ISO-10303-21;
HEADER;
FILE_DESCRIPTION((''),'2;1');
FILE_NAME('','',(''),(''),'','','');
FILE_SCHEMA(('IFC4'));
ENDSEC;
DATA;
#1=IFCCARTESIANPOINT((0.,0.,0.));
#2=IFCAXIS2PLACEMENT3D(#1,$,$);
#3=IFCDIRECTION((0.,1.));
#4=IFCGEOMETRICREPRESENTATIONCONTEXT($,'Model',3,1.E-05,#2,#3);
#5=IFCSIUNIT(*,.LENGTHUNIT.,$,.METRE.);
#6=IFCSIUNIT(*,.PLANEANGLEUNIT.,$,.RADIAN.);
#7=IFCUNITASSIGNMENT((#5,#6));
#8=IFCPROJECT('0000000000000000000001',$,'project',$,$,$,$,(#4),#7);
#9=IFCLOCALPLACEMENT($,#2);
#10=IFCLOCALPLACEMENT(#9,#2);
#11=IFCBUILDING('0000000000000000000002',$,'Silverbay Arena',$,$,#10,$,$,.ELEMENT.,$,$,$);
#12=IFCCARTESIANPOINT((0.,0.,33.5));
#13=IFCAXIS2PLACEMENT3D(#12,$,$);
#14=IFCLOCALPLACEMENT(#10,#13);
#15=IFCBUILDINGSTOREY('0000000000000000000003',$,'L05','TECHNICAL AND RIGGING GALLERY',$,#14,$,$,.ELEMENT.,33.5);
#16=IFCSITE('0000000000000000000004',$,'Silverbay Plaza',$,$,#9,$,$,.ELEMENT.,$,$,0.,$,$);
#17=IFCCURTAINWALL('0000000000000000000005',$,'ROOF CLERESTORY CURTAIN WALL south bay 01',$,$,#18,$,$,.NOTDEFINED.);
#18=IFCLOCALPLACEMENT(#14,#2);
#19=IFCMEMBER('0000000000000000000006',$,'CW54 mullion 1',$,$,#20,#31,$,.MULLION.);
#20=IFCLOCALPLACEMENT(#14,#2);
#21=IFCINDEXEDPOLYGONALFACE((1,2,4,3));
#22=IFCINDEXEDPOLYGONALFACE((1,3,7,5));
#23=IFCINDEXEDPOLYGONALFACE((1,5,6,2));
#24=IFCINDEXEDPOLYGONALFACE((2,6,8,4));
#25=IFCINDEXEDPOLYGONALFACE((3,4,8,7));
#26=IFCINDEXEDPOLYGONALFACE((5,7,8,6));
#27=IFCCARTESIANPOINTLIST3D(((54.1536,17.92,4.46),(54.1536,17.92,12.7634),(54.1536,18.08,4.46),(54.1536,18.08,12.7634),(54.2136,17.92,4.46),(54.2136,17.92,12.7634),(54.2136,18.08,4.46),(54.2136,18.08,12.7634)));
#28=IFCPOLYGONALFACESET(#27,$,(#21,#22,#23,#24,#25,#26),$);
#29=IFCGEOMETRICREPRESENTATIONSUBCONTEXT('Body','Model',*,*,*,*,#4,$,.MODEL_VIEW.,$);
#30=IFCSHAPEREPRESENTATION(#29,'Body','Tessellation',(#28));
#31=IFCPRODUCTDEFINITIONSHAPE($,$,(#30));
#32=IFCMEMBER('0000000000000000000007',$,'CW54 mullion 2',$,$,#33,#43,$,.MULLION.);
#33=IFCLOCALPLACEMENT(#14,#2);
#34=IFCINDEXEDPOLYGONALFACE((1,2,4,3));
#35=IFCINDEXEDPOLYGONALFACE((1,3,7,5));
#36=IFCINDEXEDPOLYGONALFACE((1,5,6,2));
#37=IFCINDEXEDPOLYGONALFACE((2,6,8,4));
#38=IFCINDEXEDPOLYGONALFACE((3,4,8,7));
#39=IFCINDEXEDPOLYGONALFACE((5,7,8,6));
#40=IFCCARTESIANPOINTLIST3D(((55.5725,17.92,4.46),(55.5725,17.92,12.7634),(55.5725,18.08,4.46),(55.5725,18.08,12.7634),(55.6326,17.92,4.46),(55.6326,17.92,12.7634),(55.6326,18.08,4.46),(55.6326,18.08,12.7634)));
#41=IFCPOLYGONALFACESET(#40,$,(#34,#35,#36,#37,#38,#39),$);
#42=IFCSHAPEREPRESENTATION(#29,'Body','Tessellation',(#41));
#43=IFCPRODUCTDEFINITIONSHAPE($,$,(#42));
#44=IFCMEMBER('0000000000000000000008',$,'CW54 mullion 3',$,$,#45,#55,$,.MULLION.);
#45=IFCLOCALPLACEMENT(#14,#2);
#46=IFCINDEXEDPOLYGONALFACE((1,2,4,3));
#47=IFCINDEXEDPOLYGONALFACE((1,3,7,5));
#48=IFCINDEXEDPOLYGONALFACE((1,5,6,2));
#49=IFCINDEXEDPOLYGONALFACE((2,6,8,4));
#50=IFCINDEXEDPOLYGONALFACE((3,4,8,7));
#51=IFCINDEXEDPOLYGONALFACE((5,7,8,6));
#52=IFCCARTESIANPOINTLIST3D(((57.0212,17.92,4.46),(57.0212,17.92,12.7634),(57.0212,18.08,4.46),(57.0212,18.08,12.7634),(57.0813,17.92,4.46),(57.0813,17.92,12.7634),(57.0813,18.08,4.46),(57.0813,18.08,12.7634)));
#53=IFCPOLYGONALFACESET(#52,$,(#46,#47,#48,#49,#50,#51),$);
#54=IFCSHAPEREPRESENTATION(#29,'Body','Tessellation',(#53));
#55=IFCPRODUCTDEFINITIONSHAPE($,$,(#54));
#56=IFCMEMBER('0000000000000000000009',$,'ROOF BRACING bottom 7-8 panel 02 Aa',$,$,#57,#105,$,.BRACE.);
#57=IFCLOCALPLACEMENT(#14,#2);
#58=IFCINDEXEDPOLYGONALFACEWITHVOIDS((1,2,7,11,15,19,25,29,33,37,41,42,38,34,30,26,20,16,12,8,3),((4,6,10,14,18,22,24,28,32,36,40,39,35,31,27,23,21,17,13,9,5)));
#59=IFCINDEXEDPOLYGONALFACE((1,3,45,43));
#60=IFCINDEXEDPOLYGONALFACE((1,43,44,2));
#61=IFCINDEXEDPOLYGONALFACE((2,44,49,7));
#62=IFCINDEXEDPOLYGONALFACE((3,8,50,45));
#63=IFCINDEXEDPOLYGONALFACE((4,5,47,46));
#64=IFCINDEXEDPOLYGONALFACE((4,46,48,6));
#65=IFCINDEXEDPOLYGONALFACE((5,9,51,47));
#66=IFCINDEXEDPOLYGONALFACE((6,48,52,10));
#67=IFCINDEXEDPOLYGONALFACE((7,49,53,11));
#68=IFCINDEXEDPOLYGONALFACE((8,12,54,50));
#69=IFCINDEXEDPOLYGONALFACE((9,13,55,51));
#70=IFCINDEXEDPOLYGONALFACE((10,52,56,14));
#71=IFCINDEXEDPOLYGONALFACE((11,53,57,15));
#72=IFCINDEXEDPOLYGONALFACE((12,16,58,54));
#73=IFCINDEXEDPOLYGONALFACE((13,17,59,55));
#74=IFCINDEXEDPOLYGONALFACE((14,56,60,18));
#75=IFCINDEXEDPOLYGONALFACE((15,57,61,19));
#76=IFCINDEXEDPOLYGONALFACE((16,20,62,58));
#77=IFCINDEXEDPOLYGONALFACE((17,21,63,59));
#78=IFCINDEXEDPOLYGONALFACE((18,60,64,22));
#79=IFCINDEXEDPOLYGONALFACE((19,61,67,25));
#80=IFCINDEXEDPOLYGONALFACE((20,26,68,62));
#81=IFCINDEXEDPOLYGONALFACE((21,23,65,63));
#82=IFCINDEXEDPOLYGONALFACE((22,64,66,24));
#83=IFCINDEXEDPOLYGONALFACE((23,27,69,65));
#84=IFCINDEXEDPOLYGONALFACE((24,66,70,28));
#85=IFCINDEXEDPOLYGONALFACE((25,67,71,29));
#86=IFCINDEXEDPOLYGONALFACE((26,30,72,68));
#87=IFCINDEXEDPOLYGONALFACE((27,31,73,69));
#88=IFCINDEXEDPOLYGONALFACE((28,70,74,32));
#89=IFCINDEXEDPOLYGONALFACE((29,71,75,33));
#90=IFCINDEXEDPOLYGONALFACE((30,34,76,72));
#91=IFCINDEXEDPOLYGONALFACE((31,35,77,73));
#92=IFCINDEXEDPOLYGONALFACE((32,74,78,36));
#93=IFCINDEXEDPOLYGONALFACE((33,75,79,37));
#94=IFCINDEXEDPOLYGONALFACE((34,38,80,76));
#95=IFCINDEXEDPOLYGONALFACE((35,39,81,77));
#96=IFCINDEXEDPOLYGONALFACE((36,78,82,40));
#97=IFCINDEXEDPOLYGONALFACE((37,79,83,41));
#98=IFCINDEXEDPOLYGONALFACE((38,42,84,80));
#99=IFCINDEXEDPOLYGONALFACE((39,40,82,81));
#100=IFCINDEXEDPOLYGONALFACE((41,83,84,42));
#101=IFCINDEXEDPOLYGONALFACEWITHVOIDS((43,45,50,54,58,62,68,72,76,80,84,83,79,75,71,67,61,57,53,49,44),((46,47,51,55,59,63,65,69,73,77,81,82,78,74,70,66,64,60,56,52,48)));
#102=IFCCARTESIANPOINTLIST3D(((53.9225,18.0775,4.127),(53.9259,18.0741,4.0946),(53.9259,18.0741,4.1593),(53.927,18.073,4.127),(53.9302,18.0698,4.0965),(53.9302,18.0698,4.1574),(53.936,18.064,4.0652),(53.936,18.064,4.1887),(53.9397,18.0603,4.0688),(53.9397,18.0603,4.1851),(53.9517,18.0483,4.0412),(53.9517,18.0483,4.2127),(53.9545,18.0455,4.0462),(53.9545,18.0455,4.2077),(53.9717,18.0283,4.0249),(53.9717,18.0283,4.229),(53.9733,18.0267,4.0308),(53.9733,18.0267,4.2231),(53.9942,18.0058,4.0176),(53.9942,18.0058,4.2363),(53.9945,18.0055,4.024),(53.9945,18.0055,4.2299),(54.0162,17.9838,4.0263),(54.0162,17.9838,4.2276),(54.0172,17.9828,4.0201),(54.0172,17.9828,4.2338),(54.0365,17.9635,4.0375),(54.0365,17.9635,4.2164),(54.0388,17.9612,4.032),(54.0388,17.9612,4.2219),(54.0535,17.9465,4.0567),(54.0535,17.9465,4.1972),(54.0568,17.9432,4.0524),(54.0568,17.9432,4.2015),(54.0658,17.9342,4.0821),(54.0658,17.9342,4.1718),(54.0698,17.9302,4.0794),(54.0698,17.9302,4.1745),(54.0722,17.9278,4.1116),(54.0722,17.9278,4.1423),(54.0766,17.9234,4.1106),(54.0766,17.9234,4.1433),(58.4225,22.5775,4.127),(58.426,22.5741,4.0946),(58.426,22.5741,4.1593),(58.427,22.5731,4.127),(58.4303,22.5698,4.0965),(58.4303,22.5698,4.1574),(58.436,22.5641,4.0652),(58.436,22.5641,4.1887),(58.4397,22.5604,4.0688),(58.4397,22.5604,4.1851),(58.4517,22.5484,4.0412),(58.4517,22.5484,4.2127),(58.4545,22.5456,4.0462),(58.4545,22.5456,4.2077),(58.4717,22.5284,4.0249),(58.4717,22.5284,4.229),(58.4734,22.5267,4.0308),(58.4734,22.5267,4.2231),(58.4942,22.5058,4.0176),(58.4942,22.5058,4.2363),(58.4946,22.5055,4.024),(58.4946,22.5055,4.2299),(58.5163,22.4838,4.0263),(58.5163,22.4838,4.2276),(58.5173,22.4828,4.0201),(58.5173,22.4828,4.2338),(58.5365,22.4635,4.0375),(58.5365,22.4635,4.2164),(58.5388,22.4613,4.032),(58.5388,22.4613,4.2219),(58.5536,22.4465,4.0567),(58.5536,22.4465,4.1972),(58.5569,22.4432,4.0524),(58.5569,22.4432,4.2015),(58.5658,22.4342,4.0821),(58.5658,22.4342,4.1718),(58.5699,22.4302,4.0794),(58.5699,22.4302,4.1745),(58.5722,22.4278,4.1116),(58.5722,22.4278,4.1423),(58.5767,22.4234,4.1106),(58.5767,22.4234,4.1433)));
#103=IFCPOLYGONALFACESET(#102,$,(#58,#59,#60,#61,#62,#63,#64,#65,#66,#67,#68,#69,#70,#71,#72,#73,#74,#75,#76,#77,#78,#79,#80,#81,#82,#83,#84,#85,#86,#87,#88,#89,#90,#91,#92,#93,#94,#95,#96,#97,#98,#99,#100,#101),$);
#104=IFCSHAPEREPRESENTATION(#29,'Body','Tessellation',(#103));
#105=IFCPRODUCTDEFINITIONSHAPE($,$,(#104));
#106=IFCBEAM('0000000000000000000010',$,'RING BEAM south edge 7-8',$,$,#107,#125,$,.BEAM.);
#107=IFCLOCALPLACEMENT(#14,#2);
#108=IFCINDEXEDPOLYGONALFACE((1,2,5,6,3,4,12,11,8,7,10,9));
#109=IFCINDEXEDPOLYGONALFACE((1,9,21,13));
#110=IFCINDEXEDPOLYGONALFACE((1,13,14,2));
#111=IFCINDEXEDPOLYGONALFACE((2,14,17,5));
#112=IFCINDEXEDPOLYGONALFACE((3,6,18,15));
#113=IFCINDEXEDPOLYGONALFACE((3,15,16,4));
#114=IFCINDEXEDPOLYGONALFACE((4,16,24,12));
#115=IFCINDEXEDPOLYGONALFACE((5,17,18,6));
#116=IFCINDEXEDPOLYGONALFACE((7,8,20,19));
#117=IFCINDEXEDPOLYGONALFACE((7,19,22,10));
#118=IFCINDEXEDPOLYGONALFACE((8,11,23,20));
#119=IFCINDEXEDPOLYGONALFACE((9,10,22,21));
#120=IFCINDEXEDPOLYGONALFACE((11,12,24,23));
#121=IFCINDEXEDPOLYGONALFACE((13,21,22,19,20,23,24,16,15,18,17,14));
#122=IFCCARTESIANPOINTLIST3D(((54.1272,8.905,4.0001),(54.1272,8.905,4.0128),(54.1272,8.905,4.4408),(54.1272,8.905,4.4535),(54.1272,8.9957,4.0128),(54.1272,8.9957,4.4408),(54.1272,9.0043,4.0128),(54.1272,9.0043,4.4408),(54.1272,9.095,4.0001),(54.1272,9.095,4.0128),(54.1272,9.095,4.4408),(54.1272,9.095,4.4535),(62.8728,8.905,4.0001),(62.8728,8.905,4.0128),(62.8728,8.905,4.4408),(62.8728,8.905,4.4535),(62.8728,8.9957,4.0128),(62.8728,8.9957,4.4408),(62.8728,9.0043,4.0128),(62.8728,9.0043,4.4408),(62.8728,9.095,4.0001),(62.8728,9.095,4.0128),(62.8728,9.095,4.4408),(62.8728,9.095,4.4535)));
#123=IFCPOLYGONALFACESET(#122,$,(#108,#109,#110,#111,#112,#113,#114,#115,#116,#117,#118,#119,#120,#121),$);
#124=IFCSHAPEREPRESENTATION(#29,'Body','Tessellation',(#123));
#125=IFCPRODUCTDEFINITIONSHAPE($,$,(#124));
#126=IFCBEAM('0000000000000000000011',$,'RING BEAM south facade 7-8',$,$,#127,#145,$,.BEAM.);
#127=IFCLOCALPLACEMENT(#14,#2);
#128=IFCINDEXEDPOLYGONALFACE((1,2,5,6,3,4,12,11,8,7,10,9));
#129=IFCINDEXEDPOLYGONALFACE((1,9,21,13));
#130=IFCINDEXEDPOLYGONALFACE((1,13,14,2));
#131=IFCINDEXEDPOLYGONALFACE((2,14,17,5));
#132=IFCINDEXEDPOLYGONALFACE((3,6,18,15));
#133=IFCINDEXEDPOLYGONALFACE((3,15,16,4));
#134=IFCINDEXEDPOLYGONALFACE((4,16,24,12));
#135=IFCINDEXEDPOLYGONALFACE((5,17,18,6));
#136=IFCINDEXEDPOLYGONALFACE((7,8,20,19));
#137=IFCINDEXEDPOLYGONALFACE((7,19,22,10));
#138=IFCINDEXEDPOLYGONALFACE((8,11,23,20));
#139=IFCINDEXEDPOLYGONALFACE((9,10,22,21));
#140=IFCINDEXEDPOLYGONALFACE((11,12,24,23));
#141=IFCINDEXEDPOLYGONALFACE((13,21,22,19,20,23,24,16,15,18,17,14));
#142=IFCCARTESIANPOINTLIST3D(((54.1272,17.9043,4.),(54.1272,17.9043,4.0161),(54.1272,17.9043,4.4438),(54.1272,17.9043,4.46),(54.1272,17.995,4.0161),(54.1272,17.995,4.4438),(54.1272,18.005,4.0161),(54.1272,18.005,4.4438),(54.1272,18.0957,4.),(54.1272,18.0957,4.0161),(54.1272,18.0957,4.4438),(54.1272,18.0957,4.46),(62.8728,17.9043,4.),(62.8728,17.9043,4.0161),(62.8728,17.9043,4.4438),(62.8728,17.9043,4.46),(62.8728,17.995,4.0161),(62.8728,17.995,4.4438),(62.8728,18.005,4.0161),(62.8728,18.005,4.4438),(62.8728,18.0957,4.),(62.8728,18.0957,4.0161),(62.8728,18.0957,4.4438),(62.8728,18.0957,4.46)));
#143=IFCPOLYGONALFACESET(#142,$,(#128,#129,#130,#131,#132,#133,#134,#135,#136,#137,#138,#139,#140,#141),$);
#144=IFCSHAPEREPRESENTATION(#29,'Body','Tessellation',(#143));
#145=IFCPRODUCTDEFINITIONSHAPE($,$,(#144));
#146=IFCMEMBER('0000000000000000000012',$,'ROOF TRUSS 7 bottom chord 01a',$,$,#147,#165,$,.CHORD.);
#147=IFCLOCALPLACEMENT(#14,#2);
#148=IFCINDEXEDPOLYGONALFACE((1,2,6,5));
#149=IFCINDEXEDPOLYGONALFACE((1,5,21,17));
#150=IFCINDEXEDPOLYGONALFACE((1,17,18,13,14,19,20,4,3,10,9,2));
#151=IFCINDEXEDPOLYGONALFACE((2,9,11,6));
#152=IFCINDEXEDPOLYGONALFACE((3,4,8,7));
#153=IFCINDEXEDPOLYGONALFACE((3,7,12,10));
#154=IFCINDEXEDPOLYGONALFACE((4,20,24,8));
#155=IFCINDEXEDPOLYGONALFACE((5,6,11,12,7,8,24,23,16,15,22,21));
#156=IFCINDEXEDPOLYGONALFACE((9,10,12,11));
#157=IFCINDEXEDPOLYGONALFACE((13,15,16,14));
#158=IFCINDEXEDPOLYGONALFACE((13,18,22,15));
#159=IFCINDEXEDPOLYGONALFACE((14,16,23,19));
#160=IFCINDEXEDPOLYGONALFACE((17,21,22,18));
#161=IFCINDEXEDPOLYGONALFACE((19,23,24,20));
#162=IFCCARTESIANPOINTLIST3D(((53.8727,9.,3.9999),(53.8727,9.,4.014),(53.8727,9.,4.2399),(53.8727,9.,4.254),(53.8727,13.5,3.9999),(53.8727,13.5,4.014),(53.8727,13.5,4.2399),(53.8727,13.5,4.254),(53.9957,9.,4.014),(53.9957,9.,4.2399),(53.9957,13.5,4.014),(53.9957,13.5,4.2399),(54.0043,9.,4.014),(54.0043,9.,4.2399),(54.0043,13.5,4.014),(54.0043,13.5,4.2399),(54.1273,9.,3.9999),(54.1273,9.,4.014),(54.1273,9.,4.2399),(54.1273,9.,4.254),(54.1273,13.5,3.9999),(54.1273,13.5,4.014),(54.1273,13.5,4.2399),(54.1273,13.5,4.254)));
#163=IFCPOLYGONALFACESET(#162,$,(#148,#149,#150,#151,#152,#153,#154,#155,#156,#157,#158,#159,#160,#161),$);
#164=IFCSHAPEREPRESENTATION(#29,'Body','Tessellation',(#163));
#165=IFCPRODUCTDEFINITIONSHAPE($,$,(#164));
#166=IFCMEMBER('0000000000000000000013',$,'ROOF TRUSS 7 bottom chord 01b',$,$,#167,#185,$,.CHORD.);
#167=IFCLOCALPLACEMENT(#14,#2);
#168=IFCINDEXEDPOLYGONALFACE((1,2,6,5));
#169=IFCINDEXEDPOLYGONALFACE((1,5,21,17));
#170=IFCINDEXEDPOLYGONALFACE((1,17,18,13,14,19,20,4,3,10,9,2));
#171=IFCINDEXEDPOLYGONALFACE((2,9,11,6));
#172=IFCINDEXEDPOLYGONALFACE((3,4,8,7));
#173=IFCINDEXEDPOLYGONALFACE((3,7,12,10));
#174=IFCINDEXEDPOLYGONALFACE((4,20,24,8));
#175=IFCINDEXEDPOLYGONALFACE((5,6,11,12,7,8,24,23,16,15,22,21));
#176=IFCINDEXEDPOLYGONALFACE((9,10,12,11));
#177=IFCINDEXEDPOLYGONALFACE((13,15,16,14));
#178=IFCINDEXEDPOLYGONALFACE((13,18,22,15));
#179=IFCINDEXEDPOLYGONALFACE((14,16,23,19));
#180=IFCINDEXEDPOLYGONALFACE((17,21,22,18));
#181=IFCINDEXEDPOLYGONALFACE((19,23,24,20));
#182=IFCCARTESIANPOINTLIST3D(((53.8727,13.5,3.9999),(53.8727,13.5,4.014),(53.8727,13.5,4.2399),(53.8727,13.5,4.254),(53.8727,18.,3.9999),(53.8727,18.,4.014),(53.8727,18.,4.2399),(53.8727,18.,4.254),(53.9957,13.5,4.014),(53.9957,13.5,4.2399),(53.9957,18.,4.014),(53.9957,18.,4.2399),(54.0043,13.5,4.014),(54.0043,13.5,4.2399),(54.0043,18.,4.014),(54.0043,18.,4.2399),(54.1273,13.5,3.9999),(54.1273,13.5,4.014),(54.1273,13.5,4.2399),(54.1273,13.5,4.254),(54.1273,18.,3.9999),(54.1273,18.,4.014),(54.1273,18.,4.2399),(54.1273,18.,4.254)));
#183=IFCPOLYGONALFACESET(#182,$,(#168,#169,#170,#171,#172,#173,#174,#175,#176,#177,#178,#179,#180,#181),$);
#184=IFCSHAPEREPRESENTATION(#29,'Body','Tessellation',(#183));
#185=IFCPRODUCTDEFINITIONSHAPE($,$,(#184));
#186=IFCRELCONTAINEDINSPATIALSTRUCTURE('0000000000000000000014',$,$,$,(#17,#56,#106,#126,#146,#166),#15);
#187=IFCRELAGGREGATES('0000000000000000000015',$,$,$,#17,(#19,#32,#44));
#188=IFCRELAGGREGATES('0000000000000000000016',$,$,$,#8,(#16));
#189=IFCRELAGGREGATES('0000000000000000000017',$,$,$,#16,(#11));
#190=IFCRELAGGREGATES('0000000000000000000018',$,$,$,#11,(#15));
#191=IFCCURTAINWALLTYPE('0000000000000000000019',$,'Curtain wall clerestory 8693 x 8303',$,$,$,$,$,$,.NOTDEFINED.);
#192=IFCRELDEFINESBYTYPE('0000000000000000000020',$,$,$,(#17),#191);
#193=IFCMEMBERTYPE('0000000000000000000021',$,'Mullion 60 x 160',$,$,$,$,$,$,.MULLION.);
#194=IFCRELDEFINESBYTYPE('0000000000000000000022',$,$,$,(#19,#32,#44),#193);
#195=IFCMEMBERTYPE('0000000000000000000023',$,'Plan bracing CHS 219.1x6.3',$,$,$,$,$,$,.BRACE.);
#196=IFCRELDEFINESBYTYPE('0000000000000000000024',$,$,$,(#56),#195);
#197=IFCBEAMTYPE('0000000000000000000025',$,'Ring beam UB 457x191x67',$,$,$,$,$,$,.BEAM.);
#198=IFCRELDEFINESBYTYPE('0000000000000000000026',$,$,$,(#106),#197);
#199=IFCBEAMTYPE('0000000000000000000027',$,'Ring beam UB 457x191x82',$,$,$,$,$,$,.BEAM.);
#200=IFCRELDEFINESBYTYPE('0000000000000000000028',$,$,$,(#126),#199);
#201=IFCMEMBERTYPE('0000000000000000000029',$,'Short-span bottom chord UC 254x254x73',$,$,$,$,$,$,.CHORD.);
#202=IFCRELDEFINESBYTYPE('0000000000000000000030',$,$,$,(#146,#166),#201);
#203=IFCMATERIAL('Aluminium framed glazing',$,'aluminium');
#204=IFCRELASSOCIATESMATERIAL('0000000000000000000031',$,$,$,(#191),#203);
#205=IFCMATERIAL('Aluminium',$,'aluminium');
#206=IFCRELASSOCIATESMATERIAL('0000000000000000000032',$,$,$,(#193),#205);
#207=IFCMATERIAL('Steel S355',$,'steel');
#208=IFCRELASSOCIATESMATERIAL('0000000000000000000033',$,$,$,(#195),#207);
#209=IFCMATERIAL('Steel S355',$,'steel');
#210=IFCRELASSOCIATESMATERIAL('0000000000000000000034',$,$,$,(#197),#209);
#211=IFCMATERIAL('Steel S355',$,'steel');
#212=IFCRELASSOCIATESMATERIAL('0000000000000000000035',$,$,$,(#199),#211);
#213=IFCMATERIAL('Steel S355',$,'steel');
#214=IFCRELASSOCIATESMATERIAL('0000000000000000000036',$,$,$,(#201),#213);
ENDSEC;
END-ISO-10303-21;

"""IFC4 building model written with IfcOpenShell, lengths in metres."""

from ifc_helpers import new_model, si_unit, direction, frame, origin, origin_2d, place, context, subcontext, project, spatial, rectangle, hollow_circle, i_section, extrude, material, material_profile, profile_set, type_object, element, aggregate, save


model = new_model("IFC4")

# Units and contexts
model_context = context("Model", 3, precision=1e-05, world=origin(), true_north=direction((0.0, 1.0)))
body_context = subcontext(model_context, "Body", "Model", "MODEL_VIEW")
ifc_project = project(units=[si_unit("LENGTHUNIT", "METRE"), si_unit("PLANEANGLEUNIT", "RADIAN")], contexts=[model_context])

# Site, building, storey
site_placement = place(None, origin())
site = spatial("IfcSite", under=ifc_project, at=site_placement, Name="Silverbay Plaza", CompositionType="ELEMENT", RefElevation=0.0)
building_placement = place(site_placement, origin())
building = spatial("IfcBuilding", under=site, at=building_placement, Name="Silverbay Arena", CompositionType="ELEMENT")
storey_placement = place(building_placement, frame((0.0, 0.0, 33.5)))
storey = spatial("IfcBuildingStorey", under=building, at=storey_placement, Name="L05", Description="TECHNICAL AND RIGGING GALLERY", CompositionType="ELEMENT", Elevation=33.5)

# Curtain wall, members
ifc_material_1 = material(Name="Aluminium framed glazing", Category="aluminium")
curtain_wall_type_1 = type_object("IfcCurtainWallType", Name="Curtain wall clerestory 8693 x 8303", PredefinedType="NOTDEFINED", material=ifc_material_1)
curtain_wall_1_placement = place(storey_placement, origin())
curtain_wall_1 = element("IfcCurtainWall", 1, at=curtain_wall_1_placement, inside=storey, type_object=curtain_wall_type_1, Name="ROOF CLERESTORY CURTAIN WALL south bay 01", PredefinedType="NOTDEFINED")
ifc_material_2 = material(Name="Aluminium", Category="aluminium")
ifc_material_profile_1 = material_profile(ifc_material_2, rectangle(XDim=0.1599, YDim=0.0601, at=origin_2d()), Name="Mullion 60 x 160")
ifc_profile_set_1 = profile_set([ifc_material_profile_1], Name="Aluminium")
member_type_1 = type_object("IfcMemberType", Name="Mullion 60 x 160", PredefinedType="MULLION", material=ifc_profile_set_1)
member_1_placement = place(storey_placement, frame((54.1836, 18.0, 4.46), z_axis=(0.0, 0.0, 1.0), x_axis=(0.0, 1.0, 0.0)))
member_1 = element("IfcMember", 2, at=member_1_placement, type_object=member_type_1, Name="CW54 mullion 1", PredefinedType="MULLION", context=body_context, shape_type="SweptSolid", body=[
    extrude(rectangle(XDim=0.1599, YDim=0.0601, at=origin_2d()), origin(), (0.0, 0.0, 1.0), 8.3035),
])
member_2_placement = place(storey_placement, frame((55.6025, 18.0, 4.46), z_axis=(0.0, 0.0, 1.0), x_axis=(0.0, 1.0, 0.0)))
member_2 = element("IfcMember", 3, at=member_2_placement, type_object=member_type_1, Name="CW54 mullion 2", PredefinedType="MULLION", context=body_context, shape_type="SweptSolid", body=[
    extrude(rectangle(XDim=0.1599, YDim=0.0601, at=origin_2d()), origin(), (0.0, 0.0, 1.0), 8.3035),
])
member_3_placement = place(storey_placement, frame((57.0513, 18.0, 4.46), z_axis=(0.0, 0.0, 1.0), x_axis=(0.0, 1.0, 0.0)))
member_3 = element("IfcMember", 4, at=member_3_placement, type_object=member_type_1, Name="CW54 mullion 3", PredefinedType="MULLION", context=body_context, shape_type="SweptSolid", body=[
    extrude(rectangle(XDim=0.1599, YDim=0.0601, at=origin_2d()), origin(), (0.0, 0.0, 1.0), 8.3035),
])

# Member
ifc_material_3 = material(Name="Steel S355", Category="steel")
ifc_material_profile_2 = material_profile(ifc_material_3, hollow_circle(Radius=0.1096, WallThickness=0.0063, at=origin_2d()), Name="CHS 219.1x6.3")
ifc_profile_set_2 = profile_set([ifc_material_profile_2], Name="Steel S355")
member_type_2 = type_object("IfcMemberType", Name="Plan bracing CHS 219.1x6.3", PredefinedType="BRACE", material=ifc_profile_set_2)
member_4_placement = place(storey_placement, frame((54.0, 18.0, 4.127), z_axis=(0.707107, 0.707107, 0.0), x_axis=(-0.707107, 0.707107, 0.0)))
element("IfcMember", 5, at=member_4_placement, inside=storey, type_object=member_type_2, Name="ROOF BRACING bottom 7-8 panel 02 Aa", PredefinedType="BRACE", context=body_context, shape_type="SweptSolid", body=[
    extrude(hollow_circle(Radius=0.1096, WallThickness=0.0063, at=origin_2d()), origin(), (0.0, 0.0, 1.0), 6.364),
])

# Beams
ifc_material_4 = material(Name="Steel S355", Category="steel")
ifc_material_profile_3 = material_profile(ifc_material_4, i_section(OverallWidth=0.1899, OverallDepth=0.4534, WebThickness=0.0085, FlangeThickness=0.0127, at=origin_2d()), Name="UB 457x191x67")
ifc_profile_set_3 = profile_set([ifc_material_profile_3], Name="Steel S355")
beam_type_1 = type_object("IfcBeamType", Name="Ring beam UB 457x191x67", PredefinedType="BEAM", material=ifc_profile_set_3)
beam_1_placement = place(storey_placement, frame((54.1272, 9.0, 4.2268), z_axis=(1.0, 0.0, 0.0), x_axis=(0.0, 1.0, 0.0)))
element("IfcBeam", 6, at=beam_1_placement, inside=storey, type_object=beam_type_1, Name="RING BEAM south edge 7-8", PredefinedType="BEAM", context=body_context, shape_type="SweptSolid", body=[
    extrude(i_section(OverallWidth=0.1899, OverallDepth=0.4534, WebThickness=0.0085, FlangeThickness=0.0127, at=origin_2d()), origin(), (0.0, 0.0, 1.0), 8.7456),
])
ifc_material_5 = material(Name="Steel S355", Category="steel")
ifc_material_profile_4 = material_profile(ifc_material_5, i_section(OverallWidth=0.1914, OverallDepth=0.46, WebThickness=0.01, FlangeThickness=0.0161, at=origin_2d()), Name="UB 457x191x82")
ifc_profile_set_4 = profile_set([ifc_material_profile_4], Name="Steel S355")
beam_type_2 = type_object("IfcBeamType", Name="Ring beam UB 457x191x82", PredefinedType="BEAM", material=ifc_profile_set_4)
beam_2_placement = place(storey_placement, frame((54.1272, 18.0, 4.23), z_axis=(1.0, 0.0, 0.0), x_axis=(0.0, 1.0, 0.0)))
element("IfcBeam", 7, at=beam_2_placement, inside=storey, type_object=beam_type_2, Name="RING BEAM south facade 7-8", PredefinedType="BEAM", context=body_context, shape_type="SweptSolid", body=[
    extrude(i_section(OverallWidth=0.1914, OverallDepth=0.46, WebThickness=0.01, FlangeThickness=0.0161, at=origin_2d()), origin(), (0.0, 0.0, 1.0), 8.7456),
])

# Members
ifc_material_6 = material(Name="Steel S355", Category="steel")
ifc_material_profile_5 = material_profile(ifc_material_6, i_section(OverallWidth=0.2546, OverallDepth=0.2542, WebThickness=0.0085, FlangeThickness=0.0142, at=origin_2d()), Name="UC 254x254x73")
ifc_profile_set_5 = profile_set([ifc_material_profile_5], Name="Steel S355")
member_type_3 = type_object("IfcMemberType", Name="Short-span bottom chord UC 254x254x73", PredefinedType="CHORD", material=ifc_profile_set_5)
for number, where, z_axis, x_axis, name in (
    (8, (54.0, 9.0, 4.127), (0.0, 1.0, 0.0), (-1.0, 0.0, 0.0), "ROOF TRUSS 7 bottom chord 01a"),
    (9, (54.0, 13.5, 4.127), (0.0, 1.0, 0.0), (-1.0, 0.0, 0.0), "ROOF TRUSS 7 bottom chord 01b"),
):
    element("IfcMember", number, at=place(storey_placement, frame(where, z_axis=z_axis, x_axis=x_axis)), inside=storey, type_object=member_type_3, Name=name, PredefinedType="CHORD", context=body_context, shape_type="SweptSolid", body=[
        extrude(i_section(OverallWidth=0.2546, OverallDepth=0.2542, WebThickness=0.0085, FlangeThickness=0.0142, at=origin_2d()), origin(), (0.0, 0.0, 1.0), 4.5),
    ])

aggregate(curtain_wall_1, [member_1, member_2, member_3])

save(model, "model.ifc")
